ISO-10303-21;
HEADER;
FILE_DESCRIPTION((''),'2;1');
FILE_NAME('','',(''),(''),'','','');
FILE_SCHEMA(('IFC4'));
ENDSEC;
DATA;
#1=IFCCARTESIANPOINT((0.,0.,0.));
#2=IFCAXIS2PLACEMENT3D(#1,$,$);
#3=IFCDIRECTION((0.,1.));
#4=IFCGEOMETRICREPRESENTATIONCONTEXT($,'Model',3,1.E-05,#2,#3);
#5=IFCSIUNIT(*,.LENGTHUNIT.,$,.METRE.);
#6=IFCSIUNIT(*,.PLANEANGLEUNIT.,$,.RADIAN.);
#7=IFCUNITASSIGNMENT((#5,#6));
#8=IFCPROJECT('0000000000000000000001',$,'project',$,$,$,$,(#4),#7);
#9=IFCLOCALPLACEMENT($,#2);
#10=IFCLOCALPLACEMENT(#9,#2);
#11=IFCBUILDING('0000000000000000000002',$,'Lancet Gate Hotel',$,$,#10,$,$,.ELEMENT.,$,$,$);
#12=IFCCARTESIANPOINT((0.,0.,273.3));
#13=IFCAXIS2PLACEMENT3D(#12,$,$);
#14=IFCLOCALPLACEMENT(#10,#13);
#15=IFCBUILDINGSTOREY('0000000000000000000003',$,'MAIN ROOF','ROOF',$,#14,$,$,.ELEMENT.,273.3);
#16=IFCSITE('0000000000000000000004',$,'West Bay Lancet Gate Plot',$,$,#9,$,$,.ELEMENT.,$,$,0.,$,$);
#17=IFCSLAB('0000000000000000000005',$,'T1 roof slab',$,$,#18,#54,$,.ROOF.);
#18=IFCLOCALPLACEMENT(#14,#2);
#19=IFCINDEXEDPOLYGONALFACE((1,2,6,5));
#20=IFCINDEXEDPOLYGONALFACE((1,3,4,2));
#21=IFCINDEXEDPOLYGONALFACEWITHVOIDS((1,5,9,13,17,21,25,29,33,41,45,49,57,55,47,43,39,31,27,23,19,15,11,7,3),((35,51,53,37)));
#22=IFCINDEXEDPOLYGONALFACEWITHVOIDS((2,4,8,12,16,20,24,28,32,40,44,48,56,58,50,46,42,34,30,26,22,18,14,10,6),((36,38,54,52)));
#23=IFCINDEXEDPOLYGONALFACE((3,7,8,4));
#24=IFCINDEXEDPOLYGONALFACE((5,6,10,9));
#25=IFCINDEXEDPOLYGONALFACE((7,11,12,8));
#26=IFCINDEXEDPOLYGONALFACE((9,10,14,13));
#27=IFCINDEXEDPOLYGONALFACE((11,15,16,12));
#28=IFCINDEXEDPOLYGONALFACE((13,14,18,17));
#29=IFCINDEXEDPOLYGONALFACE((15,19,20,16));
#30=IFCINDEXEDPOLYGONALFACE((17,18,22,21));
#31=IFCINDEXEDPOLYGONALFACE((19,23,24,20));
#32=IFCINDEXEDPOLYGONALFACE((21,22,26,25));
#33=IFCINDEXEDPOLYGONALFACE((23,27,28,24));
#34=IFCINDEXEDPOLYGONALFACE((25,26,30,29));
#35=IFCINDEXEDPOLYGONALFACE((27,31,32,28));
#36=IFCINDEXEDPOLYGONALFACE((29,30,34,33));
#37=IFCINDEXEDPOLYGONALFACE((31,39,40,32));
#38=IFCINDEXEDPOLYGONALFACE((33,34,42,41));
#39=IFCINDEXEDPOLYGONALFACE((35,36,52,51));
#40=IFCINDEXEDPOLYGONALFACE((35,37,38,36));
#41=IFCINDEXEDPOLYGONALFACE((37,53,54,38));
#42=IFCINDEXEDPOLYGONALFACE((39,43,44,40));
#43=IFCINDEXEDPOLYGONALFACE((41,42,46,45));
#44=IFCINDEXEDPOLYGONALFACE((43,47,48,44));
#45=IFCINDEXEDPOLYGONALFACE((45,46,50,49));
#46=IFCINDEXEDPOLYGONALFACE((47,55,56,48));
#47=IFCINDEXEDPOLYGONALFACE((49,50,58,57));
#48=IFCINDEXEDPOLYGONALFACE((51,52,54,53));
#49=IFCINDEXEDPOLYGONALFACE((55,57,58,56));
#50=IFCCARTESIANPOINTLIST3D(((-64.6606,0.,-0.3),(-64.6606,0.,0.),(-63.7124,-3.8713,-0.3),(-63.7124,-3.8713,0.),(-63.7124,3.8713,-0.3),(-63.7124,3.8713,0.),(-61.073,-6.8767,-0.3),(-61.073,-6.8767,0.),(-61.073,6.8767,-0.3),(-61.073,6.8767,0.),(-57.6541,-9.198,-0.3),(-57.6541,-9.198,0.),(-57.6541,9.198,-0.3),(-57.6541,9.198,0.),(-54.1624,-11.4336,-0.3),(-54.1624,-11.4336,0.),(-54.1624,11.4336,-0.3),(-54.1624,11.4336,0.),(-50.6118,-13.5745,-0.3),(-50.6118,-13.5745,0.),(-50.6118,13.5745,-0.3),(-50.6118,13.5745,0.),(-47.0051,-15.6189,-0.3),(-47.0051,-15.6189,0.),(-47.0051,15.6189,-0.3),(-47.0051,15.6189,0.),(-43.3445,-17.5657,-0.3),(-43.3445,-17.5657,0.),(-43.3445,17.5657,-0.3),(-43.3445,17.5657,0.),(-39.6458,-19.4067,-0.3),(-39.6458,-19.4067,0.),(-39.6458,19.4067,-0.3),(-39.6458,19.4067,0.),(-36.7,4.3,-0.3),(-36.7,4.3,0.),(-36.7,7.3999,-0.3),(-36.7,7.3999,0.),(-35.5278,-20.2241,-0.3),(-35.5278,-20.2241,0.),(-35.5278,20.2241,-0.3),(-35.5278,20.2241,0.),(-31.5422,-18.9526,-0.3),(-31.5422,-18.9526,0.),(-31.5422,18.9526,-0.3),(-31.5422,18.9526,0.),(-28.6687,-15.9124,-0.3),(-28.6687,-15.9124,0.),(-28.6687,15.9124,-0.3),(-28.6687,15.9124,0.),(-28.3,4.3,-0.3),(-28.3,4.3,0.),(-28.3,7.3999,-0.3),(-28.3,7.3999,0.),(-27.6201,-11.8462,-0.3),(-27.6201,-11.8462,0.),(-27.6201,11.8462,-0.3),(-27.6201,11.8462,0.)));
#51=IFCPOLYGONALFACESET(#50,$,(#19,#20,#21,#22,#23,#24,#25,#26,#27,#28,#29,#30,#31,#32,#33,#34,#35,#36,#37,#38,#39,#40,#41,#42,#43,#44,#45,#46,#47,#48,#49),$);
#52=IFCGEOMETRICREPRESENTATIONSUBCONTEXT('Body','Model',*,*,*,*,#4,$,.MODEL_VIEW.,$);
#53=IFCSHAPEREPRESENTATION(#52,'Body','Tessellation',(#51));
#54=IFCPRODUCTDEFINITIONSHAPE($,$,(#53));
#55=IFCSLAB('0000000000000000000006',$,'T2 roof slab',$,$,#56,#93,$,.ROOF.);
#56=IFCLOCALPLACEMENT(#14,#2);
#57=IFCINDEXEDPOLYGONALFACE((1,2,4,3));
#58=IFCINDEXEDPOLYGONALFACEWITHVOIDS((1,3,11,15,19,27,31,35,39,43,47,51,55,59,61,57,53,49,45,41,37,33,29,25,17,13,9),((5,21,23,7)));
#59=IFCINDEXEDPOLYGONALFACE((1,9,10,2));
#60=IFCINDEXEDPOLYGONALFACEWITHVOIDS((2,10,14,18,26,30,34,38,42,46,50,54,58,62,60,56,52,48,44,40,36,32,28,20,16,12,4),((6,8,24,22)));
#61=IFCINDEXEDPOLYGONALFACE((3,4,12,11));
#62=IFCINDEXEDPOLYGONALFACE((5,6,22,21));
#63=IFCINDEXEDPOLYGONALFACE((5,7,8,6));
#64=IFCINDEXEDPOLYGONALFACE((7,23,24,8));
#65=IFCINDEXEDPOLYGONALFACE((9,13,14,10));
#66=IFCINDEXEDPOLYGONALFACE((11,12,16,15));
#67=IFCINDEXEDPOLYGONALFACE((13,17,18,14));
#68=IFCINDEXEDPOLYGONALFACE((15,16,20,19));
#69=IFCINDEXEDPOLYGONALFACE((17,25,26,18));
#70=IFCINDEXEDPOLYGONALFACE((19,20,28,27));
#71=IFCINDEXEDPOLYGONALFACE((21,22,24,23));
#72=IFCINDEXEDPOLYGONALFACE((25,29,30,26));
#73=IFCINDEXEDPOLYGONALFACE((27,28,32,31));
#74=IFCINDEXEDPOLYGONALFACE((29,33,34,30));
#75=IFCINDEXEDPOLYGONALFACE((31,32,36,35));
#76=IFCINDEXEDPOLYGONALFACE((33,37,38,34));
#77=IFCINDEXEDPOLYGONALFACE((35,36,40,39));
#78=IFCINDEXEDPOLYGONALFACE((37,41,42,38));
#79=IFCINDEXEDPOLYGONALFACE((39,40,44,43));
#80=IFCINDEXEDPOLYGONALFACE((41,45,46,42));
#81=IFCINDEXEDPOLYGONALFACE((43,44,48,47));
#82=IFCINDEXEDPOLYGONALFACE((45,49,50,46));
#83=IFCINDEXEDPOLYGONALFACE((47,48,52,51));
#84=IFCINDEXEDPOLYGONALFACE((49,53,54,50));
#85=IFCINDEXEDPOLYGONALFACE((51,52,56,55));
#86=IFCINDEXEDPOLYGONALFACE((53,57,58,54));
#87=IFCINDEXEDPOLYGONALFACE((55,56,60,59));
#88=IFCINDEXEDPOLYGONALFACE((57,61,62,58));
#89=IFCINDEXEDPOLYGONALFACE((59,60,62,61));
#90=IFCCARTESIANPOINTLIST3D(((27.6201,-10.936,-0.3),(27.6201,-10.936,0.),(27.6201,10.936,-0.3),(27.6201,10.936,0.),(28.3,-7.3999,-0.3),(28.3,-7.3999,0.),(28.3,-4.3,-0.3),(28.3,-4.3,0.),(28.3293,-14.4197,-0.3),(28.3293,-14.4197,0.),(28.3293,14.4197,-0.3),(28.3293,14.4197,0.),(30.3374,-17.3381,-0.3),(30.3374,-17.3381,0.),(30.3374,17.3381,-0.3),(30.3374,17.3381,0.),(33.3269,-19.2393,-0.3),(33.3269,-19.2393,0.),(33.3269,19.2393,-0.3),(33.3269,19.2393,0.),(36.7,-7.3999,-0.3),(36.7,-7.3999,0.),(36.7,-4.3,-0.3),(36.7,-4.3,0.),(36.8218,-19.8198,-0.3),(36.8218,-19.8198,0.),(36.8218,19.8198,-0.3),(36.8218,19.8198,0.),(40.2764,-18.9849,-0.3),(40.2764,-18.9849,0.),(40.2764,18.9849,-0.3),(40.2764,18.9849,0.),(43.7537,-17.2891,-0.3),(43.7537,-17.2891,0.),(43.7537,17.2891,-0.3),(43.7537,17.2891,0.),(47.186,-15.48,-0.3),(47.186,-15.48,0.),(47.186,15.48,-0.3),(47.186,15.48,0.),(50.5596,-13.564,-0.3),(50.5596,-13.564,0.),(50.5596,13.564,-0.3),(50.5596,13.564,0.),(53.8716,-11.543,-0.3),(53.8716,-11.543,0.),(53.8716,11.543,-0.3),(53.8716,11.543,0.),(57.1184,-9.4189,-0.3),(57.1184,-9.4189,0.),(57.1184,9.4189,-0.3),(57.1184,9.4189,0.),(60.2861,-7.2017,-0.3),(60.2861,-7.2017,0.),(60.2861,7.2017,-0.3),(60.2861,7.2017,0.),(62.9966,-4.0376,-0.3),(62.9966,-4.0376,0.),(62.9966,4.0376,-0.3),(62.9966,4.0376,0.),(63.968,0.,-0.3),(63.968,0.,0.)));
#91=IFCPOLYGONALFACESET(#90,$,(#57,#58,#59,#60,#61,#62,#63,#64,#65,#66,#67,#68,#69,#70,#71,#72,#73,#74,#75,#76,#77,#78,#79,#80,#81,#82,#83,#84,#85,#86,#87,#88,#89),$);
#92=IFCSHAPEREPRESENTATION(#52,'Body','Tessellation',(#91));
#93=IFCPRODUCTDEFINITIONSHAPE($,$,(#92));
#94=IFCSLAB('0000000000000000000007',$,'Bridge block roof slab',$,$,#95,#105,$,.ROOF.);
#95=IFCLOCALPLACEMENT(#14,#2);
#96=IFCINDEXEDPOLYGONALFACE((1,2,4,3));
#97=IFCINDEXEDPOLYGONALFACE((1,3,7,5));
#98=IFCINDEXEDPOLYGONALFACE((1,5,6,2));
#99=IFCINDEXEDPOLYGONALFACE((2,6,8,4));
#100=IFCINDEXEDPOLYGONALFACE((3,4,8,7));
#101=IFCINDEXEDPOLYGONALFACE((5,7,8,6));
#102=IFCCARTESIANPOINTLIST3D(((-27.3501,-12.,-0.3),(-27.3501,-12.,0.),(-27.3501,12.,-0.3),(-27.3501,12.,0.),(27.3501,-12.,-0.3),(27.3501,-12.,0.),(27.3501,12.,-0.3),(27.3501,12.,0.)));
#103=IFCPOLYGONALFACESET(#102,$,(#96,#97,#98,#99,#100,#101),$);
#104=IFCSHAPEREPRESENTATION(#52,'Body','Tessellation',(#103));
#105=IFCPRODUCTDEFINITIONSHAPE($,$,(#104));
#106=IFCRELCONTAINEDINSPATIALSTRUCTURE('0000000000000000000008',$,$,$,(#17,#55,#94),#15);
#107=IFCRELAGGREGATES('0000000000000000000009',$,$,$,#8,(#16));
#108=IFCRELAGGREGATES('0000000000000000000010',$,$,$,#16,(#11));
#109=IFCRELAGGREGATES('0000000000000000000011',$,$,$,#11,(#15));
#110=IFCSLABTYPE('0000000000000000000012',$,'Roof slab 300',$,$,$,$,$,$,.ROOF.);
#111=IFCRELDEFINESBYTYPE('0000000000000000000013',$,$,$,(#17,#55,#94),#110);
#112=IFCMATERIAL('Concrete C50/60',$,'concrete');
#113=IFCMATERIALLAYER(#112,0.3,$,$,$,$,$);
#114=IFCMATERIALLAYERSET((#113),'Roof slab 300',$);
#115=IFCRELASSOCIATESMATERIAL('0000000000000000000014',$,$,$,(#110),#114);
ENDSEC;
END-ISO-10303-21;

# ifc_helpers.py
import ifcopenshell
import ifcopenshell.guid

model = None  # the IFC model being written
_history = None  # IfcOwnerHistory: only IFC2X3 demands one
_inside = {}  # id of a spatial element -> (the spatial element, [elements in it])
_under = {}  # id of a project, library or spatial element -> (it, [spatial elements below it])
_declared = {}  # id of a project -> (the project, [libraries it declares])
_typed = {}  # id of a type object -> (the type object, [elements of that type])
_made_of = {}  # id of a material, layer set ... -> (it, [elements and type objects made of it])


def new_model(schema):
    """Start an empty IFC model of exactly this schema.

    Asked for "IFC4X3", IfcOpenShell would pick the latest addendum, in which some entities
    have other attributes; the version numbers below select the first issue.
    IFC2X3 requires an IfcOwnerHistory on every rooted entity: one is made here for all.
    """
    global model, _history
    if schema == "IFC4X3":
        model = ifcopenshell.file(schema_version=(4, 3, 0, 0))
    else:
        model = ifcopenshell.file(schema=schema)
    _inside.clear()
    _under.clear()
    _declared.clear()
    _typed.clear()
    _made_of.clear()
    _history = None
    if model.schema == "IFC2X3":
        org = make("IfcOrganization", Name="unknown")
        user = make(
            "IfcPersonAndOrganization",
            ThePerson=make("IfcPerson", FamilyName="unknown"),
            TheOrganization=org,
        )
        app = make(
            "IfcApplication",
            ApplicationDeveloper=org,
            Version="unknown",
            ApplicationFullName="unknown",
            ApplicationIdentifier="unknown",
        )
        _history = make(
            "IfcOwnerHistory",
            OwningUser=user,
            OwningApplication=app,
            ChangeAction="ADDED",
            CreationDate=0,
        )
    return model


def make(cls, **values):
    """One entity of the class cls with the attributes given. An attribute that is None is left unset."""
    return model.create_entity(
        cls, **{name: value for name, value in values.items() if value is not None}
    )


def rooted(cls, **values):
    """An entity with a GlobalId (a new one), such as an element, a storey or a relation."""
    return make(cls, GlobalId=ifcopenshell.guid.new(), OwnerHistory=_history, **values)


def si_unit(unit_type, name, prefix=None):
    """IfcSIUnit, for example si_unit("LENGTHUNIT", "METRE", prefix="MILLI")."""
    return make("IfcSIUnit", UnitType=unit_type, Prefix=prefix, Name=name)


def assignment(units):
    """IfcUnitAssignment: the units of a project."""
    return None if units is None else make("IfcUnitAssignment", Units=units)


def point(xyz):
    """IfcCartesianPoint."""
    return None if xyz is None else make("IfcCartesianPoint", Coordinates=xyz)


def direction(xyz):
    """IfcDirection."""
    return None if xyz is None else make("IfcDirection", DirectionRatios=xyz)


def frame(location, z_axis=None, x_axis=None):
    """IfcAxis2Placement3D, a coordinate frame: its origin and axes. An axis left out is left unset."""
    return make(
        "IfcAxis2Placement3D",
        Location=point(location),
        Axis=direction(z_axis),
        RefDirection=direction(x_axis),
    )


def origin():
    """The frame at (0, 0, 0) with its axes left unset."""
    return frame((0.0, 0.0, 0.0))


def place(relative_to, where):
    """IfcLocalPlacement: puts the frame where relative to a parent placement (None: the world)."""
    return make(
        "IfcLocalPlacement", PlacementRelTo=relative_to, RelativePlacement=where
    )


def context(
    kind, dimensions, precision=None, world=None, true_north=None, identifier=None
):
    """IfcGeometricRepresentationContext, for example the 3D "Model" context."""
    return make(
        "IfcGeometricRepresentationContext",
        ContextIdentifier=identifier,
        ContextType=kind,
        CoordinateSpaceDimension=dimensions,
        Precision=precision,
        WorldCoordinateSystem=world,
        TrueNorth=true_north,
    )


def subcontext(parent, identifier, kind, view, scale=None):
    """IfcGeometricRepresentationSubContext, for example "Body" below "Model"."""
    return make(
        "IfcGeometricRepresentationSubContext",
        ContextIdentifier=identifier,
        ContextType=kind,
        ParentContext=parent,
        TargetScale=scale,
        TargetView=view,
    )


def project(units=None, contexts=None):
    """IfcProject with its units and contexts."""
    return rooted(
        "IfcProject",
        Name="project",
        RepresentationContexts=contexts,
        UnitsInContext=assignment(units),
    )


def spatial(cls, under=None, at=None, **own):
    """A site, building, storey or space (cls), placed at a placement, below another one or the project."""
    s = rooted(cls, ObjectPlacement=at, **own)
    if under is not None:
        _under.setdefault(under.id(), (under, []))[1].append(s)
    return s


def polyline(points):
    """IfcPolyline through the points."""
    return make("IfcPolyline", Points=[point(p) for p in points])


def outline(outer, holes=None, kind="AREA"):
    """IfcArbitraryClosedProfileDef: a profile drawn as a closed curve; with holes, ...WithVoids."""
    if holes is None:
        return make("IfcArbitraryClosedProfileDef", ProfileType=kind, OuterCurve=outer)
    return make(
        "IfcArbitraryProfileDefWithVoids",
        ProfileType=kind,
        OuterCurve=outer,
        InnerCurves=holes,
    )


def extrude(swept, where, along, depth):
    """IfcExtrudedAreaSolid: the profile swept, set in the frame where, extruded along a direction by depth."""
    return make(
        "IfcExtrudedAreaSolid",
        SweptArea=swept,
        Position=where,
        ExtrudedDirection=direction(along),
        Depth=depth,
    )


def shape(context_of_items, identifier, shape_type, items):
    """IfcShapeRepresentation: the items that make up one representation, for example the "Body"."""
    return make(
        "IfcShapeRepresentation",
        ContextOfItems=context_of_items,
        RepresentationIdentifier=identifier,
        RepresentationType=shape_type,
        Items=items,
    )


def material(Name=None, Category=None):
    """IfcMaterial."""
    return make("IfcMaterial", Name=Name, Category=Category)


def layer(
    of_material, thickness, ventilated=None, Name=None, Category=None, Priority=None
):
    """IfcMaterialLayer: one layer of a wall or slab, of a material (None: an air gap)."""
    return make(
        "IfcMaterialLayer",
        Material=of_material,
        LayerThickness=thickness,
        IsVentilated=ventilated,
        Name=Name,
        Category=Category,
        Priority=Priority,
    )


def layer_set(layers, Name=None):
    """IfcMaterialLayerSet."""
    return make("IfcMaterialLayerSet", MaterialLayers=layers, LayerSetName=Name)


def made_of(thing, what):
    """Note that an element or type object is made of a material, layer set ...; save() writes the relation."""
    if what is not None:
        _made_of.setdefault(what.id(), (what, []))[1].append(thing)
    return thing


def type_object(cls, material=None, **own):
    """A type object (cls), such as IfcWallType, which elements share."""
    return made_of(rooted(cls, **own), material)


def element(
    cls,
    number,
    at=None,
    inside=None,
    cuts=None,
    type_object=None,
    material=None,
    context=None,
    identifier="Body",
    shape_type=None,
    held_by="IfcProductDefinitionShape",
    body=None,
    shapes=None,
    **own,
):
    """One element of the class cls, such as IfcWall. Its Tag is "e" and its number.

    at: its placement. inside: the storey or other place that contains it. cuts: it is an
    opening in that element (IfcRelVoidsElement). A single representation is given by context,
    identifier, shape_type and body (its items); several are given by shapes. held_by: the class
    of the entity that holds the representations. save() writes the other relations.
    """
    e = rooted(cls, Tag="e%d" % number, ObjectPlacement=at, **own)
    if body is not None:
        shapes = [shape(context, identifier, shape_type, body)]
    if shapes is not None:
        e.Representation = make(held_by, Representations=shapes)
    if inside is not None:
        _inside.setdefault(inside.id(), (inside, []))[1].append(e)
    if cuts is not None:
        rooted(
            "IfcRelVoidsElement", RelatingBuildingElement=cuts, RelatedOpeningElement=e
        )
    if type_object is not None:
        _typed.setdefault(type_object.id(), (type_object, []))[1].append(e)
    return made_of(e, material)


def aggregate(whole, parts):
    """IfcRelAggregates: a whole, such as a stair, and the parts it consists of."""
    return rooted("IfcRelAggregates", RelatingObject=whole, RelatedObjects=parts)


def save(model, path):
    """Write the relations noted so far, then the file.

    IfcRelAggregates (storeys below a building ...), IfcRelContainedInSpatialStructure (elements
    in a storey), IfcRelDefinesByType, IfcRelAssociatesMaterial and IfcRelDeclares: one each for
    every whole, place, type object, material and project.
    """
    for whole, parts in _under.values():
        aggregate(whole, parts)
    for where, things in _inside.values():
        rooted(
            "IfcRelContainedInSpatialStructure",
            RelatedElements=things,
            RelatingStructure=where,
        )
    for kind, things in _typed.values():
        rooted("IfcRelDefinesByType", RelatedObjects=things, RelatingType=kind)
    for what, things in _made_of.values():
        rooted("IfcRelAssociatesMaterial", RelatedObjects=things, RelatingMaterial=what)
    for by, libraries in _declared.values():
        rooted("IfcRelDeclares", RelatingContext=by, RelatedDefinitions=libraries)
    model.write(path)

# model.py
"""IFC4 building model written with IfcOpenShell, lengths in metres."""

from ifc_helpers import new_model, si_unit, direction, frame, origin, place, context, subcontext, project, spatial, polyline, outline, extrude, material, layer, layer_set, type_object, element, save


model = new_model("IFC4")

# Units and contexts
model_context = context("Model", 3, precision=1e-05, world=origin(), true_north=direction((0.0, 1.0)))
body_context = subcontext(model_context, "Body", "Model", "MODEL_VIEW")
ifc_project = project(units=[si_unit("LENGTHUNIT", "METRE"), si_unit("PLANEANGLEUNIT", "RADIAN")], contexts=[model_context])

# Site, building, storey
site_placement = place(None, origin())
site = spatial("IfcSite", under=ifc_project, at=site_placement, Name="West Bay Lancet Gate Plot", CompositionType="ELEMENT", RefElevation=0.0)
building_placement = place(site_placement, origin())
building = spatial("IfcBuilding", under=site, at=building_placement, Name="Lancet Gate Hotel", CompositionType="ELEMENT")
storey_placement = place(building_placement, frame((0.0, 0.0, 273.3)))
storey = spatial("IfcBuildingStorey", under=building, at=storey_placement, Name="MAIN ROOF", Description="ROOF", CompositionType="ELEMENT", Elevation=273.3)

# Slabs
ifc_material = material(Name="Concrete C50/60", Category="concrete")
ifc_layer = layer(ifc_material, 0.3)
ifc_layer_set = layer_set([ifc_layer], Name="Roof slab 300")
slab_type = type_object("IfcSlabType", Name="Roof slab 300", PredefinedType="ROOF", material=ifc_layer_set)
slab_1_placement = place(storey_placement, frame((0.0, 0.0, -0.3)))
element("IfcSlab", 1, at=slab_1_placement, inside=storey, type_object=slab_type, Name="T1 roof slab", PredefinedType="ROOF", context=body_context, shape_type="SweptSolid", body=[
    extrude(outline(polyline([(-28.6687, 15.9124), (-31.5422, 18.9526), (-35.5278, 20.2241), (-39.6458, 19.4067), (-43.3445, 17.5657), (-47.0051, 15.6189), (-50.6118, 13.5745), (-54.1624, 11.4336), (-57.6541, 9.198), (-61.073, 6.8767), (-63.7124, 3.8713), (-64.6606, 0.0), (-63.7124, -3.8713), (-61.073, -6.8767), (-57.6541, -9.198), (-54.1624, -11.4336), (-50.6118, -13.5745), (-47.0051, -15.6189), (-43.3445, -17.5657), (-39.6458, -19.4067), (-35.5278, -20.2241), (-31.5422, -18.9526), (-28.6687, -15.9124), (-27.6201, -11.8462), (-27.6201, 11.8462), (-28.6687, 15.9124)]), holes=[polyline([(-36.7, 7.3999), (-36.7, 4.3), (-28.3, 4.3), (-28.3, 7.3999), (-36.7, 7.3999)])]), origin(), (0.0, 0.0, 1.0), 0.3),
])
slab_2_placement = place(storey_placement, frame((0.0, 0.0, -0.3)))
element("IfcSlab", 2, at=slab_2_placement, inside=storey, type_object=slab_type, Name="T2 roof slab", PredefinedType="ROOF", context=body_context, shape_type="SweptSolid", body=[
    extrude(outline(polyline([(28.3293, -14.4197), (30.3374, -17.3381), (33.3269, -19.2393), (36.8218, -19.8198), (40.2764, -18.9849), (43.7537, -17.2891), (47.186, -15.48), (50.5596, -13.564), (53.8716, -11.543), (57.1184, -9.4189), (60.2861, -7.2017), (62.9966, -4.0376), (63.968, 0.0), (62.9966, 4.0376), (60.2861, 7.2017), (57.1184, 9.4189), (53.8716, 11.543), (50.5596, 13.564), (47.186, 15.48), (43.7537, 17.2891), (40.2764, 18.9849), (36.8218, 19.8198), (33.3269, 19.2393), (30.3374, 17.3381), (28.3293, 14.4197), (27.6201, 10.936), (27.6201, -10.936), (28.3293, -14.4197)]), holes=[polyline([(36.7, -7.3999), (36.7, -4.3), (28.3, -4.3), (28.3, -7.3999), (36.7, -7.3999)])]), origin(), (0.0, 0.0, 1.0), 0.3),
])
slab_3_placement = place(storey_placement, frame((0.0, 0.0, -0.3)))
element("IfcSlab", 3, at=slab_3_placement, inside=storey, type_object=slab_type, Name="Bridge block roof slab", PredefinedType="ROOF", context=body_context, shape_type="SweptSolid", body=[
    extrude(outline(polyline([(27.3501, -12.0), (27.3501, 12.0), (-27.3501, 12.0), (-27.3501, -12.0), (27.3501, -12.0)])), origin(), (0.0, 0.0, 1.0), 0.3),
])

save(model, "model.ifc")
